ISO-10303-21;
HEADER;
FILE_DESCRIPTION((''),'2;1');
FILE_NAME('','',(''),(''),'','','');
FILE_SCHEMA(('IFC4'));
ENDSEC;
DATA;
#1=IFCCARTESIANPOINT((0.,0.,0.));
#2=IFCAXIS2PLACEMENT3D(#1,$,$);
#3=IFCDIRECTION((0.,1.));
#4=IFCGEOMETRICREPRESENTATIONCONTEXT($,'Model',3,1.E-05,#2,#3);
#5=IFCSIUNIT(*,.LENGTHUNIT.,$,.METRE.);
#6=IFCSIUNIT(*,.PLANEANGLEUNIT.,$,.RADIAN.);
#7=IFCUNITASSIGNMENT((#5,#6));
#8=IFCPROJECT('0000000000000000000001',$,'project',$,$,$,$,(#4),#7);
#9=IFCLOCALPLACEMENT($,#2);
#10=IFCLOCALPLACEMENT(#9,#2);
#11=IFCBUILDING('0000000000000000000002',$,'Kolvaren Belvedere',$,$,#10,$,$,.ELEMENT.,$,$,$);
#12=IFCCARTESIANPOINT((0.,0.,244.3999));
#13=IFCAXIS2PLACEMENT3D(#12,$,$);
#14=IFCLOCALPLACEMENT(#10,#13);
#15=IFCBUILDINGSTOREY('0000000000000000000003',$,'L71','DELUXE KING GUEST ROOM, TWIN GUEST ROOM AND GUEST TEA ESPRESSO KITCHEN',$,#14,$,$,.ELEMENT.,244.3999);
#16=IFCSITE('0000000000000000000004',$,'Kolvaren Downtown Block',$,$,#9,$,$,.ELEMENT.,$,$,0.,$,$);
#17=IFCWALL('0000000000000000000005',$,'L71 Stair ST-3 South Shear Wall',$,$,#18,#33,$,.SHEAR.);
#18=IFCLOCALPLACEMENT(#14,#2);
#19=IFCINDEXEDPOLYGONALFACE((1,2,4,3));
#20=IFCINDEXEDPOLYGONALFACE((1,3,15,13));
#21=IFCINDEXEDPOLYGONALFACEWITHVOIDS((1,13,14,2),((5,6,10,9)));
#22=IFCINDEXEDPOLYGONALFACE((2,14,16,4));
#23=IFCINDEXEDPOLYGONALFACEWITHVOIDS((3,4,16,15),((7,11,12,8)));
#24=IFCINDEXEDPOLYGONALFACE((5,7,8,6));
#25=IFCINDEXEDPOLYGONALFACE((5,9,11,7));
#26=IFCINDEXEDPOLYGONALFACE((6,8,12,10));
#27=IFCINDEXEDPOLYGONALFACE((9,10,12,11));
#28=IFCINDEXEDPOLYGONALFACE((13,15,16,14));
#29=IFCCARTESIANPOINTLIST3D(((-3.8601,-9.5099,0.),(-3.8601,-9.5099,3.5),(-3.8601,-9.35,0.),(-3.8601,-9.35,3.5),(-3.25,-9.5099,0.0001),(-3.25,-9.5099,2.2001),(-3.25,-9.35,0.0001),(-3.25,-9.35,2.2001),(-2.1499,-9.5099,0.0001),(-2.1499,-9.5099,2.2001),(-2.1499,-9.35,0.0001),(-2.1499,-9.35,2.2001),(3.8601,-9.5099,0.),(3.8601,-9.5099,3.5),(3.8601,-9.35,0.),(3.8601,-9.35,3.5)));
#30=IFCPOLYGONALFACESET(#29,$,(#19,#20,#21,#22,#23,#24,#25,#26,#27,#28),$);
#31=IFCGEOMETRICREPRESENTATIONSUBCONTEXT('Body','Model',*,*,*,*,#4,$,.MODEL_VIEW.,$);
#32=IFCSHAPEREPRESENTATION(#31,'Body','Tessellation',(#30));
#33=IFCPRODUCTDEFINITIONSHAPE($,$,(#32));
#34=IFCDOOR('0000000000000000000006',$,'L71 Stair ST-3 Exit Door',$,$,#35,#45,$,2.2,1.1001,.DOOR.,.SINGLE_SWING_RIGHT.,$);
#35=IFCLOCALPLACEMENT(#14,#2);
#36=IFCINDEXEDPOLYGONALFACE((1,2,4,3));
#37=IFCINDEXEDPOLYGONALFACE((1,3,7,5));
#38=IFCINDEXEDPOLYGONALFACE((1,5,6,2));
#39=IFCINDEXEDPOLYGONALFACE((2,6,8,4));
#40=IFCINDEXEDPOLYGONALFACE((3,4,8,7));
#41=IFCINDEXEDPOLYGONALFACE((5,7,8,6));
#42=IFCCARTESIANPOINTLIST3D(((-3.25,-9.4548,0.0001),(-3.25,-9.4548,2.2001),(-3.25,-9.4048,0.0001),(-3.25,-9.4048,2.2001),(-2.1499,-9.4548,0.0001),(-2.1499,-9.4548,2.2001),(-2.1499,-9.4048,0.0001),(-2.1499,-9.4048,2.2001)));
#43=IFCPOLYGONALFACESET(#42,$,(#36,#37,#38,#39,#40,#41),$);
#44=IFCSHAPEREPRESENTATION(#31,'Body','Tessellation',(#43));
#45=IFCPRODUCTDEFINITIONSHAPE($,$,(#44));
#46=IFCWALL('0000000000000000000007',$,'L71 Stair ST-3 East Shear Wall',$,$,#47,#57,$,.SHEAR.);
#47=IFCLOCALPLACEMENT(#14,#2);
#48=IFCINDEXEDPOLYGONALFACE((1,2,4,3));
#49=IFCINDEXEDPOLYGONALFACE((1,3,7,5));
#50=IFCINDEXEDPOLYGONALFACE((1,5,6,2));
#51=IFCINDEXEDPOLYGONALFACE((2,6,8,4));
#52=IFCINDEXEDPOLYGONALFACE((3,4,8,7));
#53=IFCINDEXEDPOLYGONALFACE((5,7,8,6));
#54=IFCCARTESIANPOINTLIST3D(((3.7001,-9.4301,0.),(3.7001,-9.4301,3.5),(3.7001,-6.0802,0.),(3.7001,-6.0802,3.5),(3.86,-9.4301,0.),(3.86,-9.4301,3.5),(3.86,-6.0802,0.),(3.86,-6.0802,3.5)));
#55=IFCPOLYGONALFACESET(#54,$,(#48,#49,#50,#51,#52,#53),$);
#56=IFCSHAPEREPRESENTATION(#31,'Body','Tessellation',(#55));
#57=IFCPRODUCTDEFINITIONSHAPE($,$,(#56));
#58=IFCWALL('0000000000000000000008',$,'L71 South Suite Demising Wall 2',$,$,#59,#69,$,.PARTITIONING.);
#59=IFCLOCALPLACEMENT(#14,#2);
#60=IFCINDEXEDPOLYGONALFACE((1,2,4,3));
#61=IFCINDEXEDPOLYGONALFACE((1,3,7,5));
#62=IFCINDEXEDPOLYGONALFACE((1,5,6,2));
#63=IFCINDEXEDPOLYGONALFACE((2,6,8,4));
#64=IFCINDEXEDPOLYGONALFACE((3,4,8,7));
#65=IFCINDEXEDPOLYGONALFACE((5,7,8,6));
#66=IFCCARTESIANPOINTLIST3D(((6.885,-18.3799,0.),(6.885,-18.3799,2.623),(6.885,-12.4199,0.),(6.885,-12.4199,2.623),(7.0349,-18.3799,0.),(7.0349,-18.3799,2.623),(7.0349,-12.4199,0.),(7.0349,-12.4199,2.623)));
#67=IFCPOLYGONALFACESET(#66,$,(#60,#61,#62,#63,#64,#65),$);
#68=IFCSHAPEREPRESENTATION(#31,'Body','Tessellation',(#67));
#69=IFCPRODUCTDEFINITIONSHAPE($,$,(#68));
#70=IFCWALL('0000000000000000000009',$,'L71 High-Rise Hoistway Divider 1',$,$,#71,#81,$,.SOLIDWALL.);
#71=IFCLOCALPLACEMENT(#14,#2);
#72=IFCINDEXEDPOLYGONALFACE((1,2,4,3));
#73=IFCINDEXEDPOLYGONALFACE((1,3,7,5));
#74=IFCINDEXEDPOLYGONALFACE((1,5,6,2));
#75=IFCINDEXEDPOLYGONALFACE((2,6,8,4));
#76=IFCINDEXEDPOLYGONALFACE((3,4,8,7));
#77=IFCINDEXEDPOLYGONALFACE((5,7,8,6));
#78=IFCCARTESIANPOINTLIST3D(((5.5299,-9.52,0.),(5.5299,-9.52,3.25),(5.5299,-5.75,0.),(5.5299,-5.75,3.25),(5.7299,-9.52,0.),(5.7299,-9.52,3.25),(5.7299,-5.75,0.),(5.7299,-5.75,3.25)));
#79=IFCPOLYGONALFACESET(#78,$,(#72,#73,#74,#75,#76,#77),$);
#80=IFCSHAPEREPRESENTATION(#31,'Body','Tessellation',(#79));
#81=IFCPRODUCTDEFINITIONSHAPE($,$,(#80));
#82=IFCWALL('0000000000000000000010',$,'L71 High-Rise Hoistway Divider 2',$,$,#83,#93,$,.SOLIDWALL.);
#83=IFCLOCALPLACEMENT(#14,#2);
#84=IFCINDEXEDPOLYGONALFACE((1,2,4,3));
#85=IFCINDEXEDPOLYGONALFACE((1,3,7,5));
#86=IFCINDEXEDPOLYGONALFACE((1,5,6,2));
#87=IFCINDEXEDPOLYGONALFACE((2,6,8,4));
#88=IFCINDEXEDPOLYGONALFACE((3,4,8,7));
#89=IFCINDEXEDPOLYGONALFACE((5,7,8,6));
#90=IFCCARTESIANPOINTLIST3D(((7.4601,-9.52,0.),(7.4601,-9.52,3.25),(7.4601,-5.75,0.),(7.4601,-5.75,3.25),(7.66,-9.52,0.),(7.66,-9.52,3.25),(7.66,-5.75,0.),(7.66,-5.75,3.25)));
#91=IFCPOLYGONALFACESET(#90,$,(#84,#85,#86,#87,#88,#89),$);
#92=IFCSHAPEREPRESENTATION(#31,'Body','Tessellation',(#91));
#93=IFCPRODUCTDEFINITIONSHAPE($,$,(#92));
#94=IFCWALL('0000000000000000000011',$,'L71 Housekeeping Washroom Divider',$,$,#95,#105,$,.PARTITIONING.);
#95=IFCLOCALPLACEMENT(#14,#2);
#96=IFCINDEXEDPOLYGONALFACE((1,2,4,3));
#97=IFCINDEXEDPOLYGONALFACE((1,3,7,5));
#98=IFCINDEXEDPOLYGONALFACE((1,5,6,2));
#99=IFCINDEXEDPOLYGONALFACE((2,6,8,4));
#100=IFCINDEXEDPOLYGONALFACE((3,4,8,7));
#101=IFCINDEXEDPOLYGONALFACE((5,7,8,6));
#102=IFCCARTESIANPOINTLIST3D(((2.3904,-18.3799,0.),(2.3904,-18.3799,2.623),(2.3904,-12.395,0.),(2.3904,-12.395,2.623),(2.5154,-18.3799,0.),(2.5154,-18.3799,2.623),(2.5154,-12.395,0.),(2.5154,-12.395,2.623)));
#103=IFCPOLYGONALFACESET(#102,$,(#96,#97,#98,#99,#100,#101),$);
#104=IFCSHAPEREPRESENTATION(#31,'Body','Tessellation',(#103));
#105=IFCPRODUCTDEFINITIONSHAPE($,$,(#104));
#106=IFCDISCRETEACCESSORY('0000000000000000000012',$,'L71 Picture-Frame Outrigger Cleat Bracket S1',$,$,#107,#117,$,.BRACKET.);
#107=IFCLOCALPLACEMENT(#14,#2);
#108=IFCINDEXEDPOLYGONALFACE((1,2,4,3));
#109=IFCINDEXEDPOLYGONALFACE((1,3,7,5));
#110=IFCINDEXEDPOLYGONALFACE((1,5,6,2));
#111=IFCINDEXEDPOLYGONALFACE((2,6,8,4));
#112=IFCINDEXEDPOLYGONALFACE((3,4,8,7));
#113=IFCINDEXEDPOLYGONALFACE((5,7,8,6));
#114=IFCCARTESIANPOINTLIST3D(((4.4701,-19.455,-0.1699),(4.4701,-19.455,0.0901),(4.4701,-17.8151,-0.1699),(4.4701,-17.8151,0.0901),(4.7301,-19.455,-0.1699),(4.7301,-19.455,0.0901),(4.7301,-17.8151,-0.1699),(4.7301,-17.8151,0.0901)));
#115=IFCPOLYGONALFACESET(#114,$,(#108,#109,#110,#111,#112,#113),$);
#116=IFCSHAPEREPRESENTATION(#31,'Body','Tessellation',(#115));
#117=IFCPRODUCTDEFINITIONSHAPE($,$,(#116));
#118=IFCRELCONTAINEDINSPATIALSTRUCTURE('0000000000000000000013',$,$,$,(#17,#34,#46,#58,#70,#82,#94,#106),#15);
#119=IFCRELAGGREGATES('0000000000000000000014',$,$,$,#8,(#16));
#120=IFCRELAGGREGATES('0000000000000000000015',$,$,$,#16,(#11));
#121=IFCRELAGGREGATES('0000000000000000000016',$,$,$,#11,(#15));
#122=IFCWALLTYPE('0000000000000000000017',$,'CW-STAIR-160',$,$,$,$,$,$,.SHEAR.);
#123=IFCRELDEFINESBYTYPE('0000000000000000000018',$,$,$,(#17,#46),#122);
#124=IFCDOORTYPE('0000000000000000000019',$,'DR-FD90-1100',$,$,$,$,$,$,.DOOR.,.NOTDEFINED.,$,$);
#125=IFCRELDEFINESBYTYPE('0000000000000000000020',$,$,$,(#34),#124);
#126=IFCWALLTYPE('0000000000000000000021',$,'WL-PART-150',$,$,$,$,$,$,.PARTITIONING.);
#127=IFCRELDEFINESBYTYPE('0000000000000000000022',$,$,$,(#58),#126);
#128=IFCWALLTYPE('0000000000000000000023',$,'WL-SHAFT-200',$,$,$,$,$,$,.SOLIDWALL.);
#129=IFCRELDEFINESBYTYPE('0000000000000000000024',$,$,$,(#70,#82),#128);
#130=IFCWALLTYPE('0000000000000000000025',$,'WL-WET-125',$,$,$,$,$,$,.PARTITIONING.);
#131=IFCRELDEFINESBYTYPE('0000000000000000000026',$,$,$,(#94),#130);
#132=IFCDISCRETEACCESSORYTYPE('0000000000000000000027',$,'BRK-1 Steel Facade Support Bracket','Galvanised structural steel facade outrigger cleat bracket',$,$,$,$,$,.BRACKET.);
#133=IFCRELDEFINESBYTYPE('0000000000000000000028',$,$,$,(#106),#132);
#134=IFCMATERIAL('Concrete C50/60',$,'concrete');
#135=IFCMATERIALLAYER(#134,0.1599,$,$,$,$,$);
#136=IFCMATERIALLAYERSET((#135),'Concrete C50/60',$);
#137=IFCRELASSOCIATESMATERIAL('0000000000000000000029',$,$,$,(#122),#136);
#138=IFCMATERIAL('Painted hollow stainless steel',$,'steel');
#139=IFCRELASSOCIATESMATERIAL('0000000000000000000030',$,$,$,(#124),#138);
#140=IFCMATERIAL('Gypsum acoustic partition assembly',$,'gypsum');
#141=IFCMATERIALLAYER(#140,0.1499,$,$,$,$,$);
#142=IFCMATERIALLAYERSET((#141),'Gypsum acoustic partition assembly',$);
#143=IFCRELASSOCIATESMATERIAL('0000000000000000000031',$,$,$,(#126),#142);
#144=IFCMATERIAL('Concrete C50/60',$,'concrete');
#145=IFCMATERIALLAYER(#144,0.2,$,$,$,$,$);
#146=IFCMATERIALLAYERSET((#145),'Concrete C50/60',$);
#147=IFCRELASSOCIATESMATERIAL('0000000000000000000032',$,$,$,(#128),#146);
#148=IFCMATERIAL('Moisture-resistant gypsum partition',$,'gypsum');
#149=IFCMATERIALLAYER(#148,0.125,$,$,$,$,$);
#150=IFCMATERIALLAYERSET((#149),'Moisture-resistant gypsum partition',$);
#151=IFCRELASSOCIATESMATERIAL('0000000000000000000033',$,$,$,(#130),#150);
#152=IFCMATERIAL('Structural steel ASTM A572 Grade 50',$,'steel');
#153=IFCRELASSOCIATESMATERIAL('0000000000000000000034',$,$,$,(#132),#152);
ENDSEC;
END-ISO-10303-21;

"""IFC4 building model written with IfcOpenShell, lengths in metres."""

from ifc_helpers import new_model, si_unit, direction, frame, frame_2d, origin, origin_2d, place, context, subcontext, project, spatial, rectangle, extrude, material, layer, layer_set, type_object, element, fill, save


model = new_model("IFC4")

# Units and contexts
model_context = context("Model", 3, precision=1e-05, world=origin(), true_north=direction((0.0, 1.0)))
body_context = subcontext(model_context, "Body", "Model", "MODEL_VIEW")
ifc_project = project(units=[si_unit("LENGTHUNIT", "METRE"), si_unit("PLANEANGLEUNIT", "RADIAN")], contexts=[model_context])

# Site, building, storey
site_placement = place(None, origin())
site = spatial("IfcSite", under=ifc_project, at=site_placement, Name="Kolvaren Downtown Block", CompositionType="ELEMENT", RefElevation=0.0)
building_placement = place(site_placement, origin())
building = spatial("IfcBuilding", under=site, at=building_placement, Name="Kolvaren Belvedere", CompositionType="ELEMENT")
storey_placement = place(building_placement, frame((0.0, 0.0, 244.3999)))
storey = spatial("IfcBuildingStorey", under=building, at=storey_placement, Name="L71", Description="DELUXE KING GUEST ROOM, TWIN GUEST ROOM AND GUEST TEA ESPRESSO KITCHEN", CompositionType="ELEMENT", Elevation=244.3999)

# Wall, opening, door
ifc_material_1 = material(Name="Concrete C50/60", Category="concrete")
ifc_layer_1 = layer(ifc_material_1, 0.1599)
ifc_layer_set_1 = layer_set([ifc_layer_1], Name="Concrete C50/60")
wall_type_1 = type_object("IfcWallType", Name="CW-STAIR-160", PredefinedType="SHEAR", material=ifc_layer_set_1)
wall_1_placement = place(storey_placement, frame((3.8601, -9.4299, 0.0), z_axis=(0.0, 0.0, 1.0), x_axis=(-1.0, 0.0, 0.0)))
wall_1 = element("IfcWall", 1, at=wall_1_placement, inside=storey, type_object=wall_type_1, Name="L71 Stair ST-3 South Shear Wall", PredefinedType="SHEAR", context=body_context, shape_type="SweptSolid", body=[
    extrude(rectangle(XDim=7.7202, YDim=0.1599, at=frame_2d((3.8601, 0.0))), origin(), (0.0, 0.0, 1.0), 3.5),
])
opening_placement = place(wall_1_placement, frame((6.01, 0.0, 0.0)))
opening = element("IfcOpeningElement", 2, at=opening_placement, cuts=wall_1, PredefinedType="OPENING", context=body_context, shape_type="SweptSolid", body=[
    extrude(rectangle(XDim=1.1001, YDim=2.2, at=frame_2d((0.55, 1.1001))), frame((0.0, 0.0898, 0.0), z_axis=(0.0, -1.0, 0.0), x_axis=(1.0, 0.0, 0.0)), (0.0, 0.0, 1.0), 0.1799),
])
ifc_material_2 = material(Name="Painted hollow stainless steel", Category="steel")
door_type = type_object("IfcDoorType", Name="DR-FD90-1100", OperationType="NOTDEFINED", PredefinedType="DOOR", material=ifc_material_2)
door_placement = place(opening_placement, origin())
door = element("IfcDoor", 3, at=door_placement, inside=storey, type_object=door_type, Name="L71 Stair ST-3 Exit Door", OperationType="SINGLE_SWING_RIGHT", OverallHeight=2.2, OverallWidth=1.1001, PredefinedType="DOOR", context=body_context, shape_type="SweptSolid", body=[
    extrude(rectangle(XDim=1.1001, YDim=2.2, at=frame_2d((0.55, 1.1001))), frame((0.0, 0.0249, 0.0), z_axis=(0.0, -1.0, 0.0), x_axis=(1.0, 0.0, 0.0)), (0.0, 0.0, 1.0), 0.05),
])
fill(opening, door)

# Walls
wall_2_placement = place(storey_placement, frame((3.78, -9.4299, 0.0), z_axis=(0.0, 0.0, 1.0), x_axis=(0.0, 1.0, 0.0)))
element("IfcWall", 4, at=wall_2_placement, inside=storey, type_object=wall_type_1, Name="L71 Stair ST-3 East Shear Wall", PredefinedType="SHEAR", context=body_context, shape_type="SweptSolid", body=[
    extrude(rectangle(XDim=3.3499, YDim=0.1599, at=frame_2d((1.6748, 0.0))), origin(), (0.0, 0.0, 1.0), 3.5),
])
ifc_material_3 = material(Name="Gypsum acoustic partition assembly", Category="gypsum")
ifc_layer_2 = layer(ifc_material_3, 0.1499)
ifc_layer_set_2 = layer_set([ifc_layer_2], Name="Gypsum acoustic partition assembly")
wall_type_2 = type_object("IfcWallType", Name="WL-PART-150", PredefinedType="PARTITIONING", material=ifc_layer_set_2)
wall_3_placement = place(storey_placement, frame((6.96, -18.3799, 0.0), z_axis=(0.0, 0.0, 1.0), x_axis=(0.0, 1.0, 0.0)))
element("IfcWall", 5, at=wall_3_placement, inside=storey, type_object=wall_type_2, Name="L71 South Suite Demising Wall 2", PredefinedType="PARTITIONING", context=body_context, shape_type="SweptSolid", body=[
    extrude(rectangle(XDim=5.96, YDim=0.1499, at=frame_2d((2.98, 0.0))), origin(), (0.0, 0.0, 1.0), 2.623),
])
ifc_material_4 = material(Name="Concrete C50/60", Category="concrete")
ifc_layer_3 = layer(ifc_material_4, 0.2)
ifc_layer_set_3 = layer_set([ifc_layer_3], Name="Concrete C50/60")
wall_type_3 = type_object("IfcWallType", Name="WL-SHAFT-200", PredefinedType="SOLIDWALL", material=ifc_layer_set_3)
for number, where, z_axis, x_axis, name in (
    (6, (5.6299, -9.52, 0.0), (0.0, 0.0, 1.0), (0.0, 1.0, 0.0), "L71 High-Rise Hoistway Divider 1"),
    (7, (7.5601, -9.52, 0.0), (0.0, 0.0, 1.0), (0.0, 1.0, 0.0), "L71 High-Rise Hoistway Divider 2"),
):
    element("IfcWall", number, at=place(storey_placement, frame(where, z_axis=z_axis, x_axis=x_axis)), inside=storey, type_object=wall_type_3, Name=name, PredefinedType="SOLIDWALL", context=body_context, shape_type="SweptSolid", body=[
        extrude(rectangle(XDim=3.77, YDim=0.2, at=frame_2d((1.885, 0.0))), origin(), (0.0, 0.0, 1.0), 3.25),
    ])
ifc_material_5 = material(Name="Moisture-resistant gypsum partition", Category="gypsum")
ifc_layer_4 = layer(ifc_material_5, 0.125)
ifc_layer_set_4 = layer_set([ifc_layer_4], Name="Moisture-resistant gypsum partition")
wall_type_4 = type_object("IfcWallType", Name="WL-WET-125", PredefinedType="PARTITIONING", material=ifc_layer_set_4)
wall_4_placement = place(storey_placement, frame((2.4529, -18.3799, 0.0), z_axis=(0.0, 0.0, 1.0), x_axis=(0.0, 1.0, 0.0)))
element("IfcWall", 8, at=wall_4_placement, inside=storey, type_object=wall_type_4, Name="L71 Housekeeping Washroom Divider", PredefinedType="PARTITIONING", context=body_context, shape_type="SweptSolid", body=[
    extrude(rectangle(XDim=5.9849, YDim=0.125, at=frame_2d((2.9924, 0.0))), origin(), (0.0, 0.0, 1.0), 2.623),
])

# Discrete accessory
ifc_material_6 = material(Name="Structural steel ASTM A572 Grade 50", Category="steel")
discrete_accessory_type = type_object("IfcDiscreteAccessoryType", Name="BRK-1 Steel Facade Support Bracket", Description="Galvanised structural steel facade outrigger cleat bracket", PredefinedType="BRACKET", material=ifc_material_6)
discrete_accessory_placement = place(storey_placement, frame((4.6001, -18.635, -0.1699), z_axis=(0.0, 0.0, 1.0), x_axis=(0.0, 1.0, 0.0)))
element("IfcDiscreteAccessory", 9, at=discrete_accessory_placement, inside=storey, type_object=discrete_accessory_type, Name="L71 Picture-Frame Outrigger Cleat Bracket S1", PredefinedType="BRACKET", context=body_context, shape_type="SweptSolid", body=[
    extrude(rectangle(XDim=1.6399, YDim=0.26, at=origin_2d()), origin(), (0.0, 0.0, 1.0), 0.26),
])

save(model, "model.ifc")
